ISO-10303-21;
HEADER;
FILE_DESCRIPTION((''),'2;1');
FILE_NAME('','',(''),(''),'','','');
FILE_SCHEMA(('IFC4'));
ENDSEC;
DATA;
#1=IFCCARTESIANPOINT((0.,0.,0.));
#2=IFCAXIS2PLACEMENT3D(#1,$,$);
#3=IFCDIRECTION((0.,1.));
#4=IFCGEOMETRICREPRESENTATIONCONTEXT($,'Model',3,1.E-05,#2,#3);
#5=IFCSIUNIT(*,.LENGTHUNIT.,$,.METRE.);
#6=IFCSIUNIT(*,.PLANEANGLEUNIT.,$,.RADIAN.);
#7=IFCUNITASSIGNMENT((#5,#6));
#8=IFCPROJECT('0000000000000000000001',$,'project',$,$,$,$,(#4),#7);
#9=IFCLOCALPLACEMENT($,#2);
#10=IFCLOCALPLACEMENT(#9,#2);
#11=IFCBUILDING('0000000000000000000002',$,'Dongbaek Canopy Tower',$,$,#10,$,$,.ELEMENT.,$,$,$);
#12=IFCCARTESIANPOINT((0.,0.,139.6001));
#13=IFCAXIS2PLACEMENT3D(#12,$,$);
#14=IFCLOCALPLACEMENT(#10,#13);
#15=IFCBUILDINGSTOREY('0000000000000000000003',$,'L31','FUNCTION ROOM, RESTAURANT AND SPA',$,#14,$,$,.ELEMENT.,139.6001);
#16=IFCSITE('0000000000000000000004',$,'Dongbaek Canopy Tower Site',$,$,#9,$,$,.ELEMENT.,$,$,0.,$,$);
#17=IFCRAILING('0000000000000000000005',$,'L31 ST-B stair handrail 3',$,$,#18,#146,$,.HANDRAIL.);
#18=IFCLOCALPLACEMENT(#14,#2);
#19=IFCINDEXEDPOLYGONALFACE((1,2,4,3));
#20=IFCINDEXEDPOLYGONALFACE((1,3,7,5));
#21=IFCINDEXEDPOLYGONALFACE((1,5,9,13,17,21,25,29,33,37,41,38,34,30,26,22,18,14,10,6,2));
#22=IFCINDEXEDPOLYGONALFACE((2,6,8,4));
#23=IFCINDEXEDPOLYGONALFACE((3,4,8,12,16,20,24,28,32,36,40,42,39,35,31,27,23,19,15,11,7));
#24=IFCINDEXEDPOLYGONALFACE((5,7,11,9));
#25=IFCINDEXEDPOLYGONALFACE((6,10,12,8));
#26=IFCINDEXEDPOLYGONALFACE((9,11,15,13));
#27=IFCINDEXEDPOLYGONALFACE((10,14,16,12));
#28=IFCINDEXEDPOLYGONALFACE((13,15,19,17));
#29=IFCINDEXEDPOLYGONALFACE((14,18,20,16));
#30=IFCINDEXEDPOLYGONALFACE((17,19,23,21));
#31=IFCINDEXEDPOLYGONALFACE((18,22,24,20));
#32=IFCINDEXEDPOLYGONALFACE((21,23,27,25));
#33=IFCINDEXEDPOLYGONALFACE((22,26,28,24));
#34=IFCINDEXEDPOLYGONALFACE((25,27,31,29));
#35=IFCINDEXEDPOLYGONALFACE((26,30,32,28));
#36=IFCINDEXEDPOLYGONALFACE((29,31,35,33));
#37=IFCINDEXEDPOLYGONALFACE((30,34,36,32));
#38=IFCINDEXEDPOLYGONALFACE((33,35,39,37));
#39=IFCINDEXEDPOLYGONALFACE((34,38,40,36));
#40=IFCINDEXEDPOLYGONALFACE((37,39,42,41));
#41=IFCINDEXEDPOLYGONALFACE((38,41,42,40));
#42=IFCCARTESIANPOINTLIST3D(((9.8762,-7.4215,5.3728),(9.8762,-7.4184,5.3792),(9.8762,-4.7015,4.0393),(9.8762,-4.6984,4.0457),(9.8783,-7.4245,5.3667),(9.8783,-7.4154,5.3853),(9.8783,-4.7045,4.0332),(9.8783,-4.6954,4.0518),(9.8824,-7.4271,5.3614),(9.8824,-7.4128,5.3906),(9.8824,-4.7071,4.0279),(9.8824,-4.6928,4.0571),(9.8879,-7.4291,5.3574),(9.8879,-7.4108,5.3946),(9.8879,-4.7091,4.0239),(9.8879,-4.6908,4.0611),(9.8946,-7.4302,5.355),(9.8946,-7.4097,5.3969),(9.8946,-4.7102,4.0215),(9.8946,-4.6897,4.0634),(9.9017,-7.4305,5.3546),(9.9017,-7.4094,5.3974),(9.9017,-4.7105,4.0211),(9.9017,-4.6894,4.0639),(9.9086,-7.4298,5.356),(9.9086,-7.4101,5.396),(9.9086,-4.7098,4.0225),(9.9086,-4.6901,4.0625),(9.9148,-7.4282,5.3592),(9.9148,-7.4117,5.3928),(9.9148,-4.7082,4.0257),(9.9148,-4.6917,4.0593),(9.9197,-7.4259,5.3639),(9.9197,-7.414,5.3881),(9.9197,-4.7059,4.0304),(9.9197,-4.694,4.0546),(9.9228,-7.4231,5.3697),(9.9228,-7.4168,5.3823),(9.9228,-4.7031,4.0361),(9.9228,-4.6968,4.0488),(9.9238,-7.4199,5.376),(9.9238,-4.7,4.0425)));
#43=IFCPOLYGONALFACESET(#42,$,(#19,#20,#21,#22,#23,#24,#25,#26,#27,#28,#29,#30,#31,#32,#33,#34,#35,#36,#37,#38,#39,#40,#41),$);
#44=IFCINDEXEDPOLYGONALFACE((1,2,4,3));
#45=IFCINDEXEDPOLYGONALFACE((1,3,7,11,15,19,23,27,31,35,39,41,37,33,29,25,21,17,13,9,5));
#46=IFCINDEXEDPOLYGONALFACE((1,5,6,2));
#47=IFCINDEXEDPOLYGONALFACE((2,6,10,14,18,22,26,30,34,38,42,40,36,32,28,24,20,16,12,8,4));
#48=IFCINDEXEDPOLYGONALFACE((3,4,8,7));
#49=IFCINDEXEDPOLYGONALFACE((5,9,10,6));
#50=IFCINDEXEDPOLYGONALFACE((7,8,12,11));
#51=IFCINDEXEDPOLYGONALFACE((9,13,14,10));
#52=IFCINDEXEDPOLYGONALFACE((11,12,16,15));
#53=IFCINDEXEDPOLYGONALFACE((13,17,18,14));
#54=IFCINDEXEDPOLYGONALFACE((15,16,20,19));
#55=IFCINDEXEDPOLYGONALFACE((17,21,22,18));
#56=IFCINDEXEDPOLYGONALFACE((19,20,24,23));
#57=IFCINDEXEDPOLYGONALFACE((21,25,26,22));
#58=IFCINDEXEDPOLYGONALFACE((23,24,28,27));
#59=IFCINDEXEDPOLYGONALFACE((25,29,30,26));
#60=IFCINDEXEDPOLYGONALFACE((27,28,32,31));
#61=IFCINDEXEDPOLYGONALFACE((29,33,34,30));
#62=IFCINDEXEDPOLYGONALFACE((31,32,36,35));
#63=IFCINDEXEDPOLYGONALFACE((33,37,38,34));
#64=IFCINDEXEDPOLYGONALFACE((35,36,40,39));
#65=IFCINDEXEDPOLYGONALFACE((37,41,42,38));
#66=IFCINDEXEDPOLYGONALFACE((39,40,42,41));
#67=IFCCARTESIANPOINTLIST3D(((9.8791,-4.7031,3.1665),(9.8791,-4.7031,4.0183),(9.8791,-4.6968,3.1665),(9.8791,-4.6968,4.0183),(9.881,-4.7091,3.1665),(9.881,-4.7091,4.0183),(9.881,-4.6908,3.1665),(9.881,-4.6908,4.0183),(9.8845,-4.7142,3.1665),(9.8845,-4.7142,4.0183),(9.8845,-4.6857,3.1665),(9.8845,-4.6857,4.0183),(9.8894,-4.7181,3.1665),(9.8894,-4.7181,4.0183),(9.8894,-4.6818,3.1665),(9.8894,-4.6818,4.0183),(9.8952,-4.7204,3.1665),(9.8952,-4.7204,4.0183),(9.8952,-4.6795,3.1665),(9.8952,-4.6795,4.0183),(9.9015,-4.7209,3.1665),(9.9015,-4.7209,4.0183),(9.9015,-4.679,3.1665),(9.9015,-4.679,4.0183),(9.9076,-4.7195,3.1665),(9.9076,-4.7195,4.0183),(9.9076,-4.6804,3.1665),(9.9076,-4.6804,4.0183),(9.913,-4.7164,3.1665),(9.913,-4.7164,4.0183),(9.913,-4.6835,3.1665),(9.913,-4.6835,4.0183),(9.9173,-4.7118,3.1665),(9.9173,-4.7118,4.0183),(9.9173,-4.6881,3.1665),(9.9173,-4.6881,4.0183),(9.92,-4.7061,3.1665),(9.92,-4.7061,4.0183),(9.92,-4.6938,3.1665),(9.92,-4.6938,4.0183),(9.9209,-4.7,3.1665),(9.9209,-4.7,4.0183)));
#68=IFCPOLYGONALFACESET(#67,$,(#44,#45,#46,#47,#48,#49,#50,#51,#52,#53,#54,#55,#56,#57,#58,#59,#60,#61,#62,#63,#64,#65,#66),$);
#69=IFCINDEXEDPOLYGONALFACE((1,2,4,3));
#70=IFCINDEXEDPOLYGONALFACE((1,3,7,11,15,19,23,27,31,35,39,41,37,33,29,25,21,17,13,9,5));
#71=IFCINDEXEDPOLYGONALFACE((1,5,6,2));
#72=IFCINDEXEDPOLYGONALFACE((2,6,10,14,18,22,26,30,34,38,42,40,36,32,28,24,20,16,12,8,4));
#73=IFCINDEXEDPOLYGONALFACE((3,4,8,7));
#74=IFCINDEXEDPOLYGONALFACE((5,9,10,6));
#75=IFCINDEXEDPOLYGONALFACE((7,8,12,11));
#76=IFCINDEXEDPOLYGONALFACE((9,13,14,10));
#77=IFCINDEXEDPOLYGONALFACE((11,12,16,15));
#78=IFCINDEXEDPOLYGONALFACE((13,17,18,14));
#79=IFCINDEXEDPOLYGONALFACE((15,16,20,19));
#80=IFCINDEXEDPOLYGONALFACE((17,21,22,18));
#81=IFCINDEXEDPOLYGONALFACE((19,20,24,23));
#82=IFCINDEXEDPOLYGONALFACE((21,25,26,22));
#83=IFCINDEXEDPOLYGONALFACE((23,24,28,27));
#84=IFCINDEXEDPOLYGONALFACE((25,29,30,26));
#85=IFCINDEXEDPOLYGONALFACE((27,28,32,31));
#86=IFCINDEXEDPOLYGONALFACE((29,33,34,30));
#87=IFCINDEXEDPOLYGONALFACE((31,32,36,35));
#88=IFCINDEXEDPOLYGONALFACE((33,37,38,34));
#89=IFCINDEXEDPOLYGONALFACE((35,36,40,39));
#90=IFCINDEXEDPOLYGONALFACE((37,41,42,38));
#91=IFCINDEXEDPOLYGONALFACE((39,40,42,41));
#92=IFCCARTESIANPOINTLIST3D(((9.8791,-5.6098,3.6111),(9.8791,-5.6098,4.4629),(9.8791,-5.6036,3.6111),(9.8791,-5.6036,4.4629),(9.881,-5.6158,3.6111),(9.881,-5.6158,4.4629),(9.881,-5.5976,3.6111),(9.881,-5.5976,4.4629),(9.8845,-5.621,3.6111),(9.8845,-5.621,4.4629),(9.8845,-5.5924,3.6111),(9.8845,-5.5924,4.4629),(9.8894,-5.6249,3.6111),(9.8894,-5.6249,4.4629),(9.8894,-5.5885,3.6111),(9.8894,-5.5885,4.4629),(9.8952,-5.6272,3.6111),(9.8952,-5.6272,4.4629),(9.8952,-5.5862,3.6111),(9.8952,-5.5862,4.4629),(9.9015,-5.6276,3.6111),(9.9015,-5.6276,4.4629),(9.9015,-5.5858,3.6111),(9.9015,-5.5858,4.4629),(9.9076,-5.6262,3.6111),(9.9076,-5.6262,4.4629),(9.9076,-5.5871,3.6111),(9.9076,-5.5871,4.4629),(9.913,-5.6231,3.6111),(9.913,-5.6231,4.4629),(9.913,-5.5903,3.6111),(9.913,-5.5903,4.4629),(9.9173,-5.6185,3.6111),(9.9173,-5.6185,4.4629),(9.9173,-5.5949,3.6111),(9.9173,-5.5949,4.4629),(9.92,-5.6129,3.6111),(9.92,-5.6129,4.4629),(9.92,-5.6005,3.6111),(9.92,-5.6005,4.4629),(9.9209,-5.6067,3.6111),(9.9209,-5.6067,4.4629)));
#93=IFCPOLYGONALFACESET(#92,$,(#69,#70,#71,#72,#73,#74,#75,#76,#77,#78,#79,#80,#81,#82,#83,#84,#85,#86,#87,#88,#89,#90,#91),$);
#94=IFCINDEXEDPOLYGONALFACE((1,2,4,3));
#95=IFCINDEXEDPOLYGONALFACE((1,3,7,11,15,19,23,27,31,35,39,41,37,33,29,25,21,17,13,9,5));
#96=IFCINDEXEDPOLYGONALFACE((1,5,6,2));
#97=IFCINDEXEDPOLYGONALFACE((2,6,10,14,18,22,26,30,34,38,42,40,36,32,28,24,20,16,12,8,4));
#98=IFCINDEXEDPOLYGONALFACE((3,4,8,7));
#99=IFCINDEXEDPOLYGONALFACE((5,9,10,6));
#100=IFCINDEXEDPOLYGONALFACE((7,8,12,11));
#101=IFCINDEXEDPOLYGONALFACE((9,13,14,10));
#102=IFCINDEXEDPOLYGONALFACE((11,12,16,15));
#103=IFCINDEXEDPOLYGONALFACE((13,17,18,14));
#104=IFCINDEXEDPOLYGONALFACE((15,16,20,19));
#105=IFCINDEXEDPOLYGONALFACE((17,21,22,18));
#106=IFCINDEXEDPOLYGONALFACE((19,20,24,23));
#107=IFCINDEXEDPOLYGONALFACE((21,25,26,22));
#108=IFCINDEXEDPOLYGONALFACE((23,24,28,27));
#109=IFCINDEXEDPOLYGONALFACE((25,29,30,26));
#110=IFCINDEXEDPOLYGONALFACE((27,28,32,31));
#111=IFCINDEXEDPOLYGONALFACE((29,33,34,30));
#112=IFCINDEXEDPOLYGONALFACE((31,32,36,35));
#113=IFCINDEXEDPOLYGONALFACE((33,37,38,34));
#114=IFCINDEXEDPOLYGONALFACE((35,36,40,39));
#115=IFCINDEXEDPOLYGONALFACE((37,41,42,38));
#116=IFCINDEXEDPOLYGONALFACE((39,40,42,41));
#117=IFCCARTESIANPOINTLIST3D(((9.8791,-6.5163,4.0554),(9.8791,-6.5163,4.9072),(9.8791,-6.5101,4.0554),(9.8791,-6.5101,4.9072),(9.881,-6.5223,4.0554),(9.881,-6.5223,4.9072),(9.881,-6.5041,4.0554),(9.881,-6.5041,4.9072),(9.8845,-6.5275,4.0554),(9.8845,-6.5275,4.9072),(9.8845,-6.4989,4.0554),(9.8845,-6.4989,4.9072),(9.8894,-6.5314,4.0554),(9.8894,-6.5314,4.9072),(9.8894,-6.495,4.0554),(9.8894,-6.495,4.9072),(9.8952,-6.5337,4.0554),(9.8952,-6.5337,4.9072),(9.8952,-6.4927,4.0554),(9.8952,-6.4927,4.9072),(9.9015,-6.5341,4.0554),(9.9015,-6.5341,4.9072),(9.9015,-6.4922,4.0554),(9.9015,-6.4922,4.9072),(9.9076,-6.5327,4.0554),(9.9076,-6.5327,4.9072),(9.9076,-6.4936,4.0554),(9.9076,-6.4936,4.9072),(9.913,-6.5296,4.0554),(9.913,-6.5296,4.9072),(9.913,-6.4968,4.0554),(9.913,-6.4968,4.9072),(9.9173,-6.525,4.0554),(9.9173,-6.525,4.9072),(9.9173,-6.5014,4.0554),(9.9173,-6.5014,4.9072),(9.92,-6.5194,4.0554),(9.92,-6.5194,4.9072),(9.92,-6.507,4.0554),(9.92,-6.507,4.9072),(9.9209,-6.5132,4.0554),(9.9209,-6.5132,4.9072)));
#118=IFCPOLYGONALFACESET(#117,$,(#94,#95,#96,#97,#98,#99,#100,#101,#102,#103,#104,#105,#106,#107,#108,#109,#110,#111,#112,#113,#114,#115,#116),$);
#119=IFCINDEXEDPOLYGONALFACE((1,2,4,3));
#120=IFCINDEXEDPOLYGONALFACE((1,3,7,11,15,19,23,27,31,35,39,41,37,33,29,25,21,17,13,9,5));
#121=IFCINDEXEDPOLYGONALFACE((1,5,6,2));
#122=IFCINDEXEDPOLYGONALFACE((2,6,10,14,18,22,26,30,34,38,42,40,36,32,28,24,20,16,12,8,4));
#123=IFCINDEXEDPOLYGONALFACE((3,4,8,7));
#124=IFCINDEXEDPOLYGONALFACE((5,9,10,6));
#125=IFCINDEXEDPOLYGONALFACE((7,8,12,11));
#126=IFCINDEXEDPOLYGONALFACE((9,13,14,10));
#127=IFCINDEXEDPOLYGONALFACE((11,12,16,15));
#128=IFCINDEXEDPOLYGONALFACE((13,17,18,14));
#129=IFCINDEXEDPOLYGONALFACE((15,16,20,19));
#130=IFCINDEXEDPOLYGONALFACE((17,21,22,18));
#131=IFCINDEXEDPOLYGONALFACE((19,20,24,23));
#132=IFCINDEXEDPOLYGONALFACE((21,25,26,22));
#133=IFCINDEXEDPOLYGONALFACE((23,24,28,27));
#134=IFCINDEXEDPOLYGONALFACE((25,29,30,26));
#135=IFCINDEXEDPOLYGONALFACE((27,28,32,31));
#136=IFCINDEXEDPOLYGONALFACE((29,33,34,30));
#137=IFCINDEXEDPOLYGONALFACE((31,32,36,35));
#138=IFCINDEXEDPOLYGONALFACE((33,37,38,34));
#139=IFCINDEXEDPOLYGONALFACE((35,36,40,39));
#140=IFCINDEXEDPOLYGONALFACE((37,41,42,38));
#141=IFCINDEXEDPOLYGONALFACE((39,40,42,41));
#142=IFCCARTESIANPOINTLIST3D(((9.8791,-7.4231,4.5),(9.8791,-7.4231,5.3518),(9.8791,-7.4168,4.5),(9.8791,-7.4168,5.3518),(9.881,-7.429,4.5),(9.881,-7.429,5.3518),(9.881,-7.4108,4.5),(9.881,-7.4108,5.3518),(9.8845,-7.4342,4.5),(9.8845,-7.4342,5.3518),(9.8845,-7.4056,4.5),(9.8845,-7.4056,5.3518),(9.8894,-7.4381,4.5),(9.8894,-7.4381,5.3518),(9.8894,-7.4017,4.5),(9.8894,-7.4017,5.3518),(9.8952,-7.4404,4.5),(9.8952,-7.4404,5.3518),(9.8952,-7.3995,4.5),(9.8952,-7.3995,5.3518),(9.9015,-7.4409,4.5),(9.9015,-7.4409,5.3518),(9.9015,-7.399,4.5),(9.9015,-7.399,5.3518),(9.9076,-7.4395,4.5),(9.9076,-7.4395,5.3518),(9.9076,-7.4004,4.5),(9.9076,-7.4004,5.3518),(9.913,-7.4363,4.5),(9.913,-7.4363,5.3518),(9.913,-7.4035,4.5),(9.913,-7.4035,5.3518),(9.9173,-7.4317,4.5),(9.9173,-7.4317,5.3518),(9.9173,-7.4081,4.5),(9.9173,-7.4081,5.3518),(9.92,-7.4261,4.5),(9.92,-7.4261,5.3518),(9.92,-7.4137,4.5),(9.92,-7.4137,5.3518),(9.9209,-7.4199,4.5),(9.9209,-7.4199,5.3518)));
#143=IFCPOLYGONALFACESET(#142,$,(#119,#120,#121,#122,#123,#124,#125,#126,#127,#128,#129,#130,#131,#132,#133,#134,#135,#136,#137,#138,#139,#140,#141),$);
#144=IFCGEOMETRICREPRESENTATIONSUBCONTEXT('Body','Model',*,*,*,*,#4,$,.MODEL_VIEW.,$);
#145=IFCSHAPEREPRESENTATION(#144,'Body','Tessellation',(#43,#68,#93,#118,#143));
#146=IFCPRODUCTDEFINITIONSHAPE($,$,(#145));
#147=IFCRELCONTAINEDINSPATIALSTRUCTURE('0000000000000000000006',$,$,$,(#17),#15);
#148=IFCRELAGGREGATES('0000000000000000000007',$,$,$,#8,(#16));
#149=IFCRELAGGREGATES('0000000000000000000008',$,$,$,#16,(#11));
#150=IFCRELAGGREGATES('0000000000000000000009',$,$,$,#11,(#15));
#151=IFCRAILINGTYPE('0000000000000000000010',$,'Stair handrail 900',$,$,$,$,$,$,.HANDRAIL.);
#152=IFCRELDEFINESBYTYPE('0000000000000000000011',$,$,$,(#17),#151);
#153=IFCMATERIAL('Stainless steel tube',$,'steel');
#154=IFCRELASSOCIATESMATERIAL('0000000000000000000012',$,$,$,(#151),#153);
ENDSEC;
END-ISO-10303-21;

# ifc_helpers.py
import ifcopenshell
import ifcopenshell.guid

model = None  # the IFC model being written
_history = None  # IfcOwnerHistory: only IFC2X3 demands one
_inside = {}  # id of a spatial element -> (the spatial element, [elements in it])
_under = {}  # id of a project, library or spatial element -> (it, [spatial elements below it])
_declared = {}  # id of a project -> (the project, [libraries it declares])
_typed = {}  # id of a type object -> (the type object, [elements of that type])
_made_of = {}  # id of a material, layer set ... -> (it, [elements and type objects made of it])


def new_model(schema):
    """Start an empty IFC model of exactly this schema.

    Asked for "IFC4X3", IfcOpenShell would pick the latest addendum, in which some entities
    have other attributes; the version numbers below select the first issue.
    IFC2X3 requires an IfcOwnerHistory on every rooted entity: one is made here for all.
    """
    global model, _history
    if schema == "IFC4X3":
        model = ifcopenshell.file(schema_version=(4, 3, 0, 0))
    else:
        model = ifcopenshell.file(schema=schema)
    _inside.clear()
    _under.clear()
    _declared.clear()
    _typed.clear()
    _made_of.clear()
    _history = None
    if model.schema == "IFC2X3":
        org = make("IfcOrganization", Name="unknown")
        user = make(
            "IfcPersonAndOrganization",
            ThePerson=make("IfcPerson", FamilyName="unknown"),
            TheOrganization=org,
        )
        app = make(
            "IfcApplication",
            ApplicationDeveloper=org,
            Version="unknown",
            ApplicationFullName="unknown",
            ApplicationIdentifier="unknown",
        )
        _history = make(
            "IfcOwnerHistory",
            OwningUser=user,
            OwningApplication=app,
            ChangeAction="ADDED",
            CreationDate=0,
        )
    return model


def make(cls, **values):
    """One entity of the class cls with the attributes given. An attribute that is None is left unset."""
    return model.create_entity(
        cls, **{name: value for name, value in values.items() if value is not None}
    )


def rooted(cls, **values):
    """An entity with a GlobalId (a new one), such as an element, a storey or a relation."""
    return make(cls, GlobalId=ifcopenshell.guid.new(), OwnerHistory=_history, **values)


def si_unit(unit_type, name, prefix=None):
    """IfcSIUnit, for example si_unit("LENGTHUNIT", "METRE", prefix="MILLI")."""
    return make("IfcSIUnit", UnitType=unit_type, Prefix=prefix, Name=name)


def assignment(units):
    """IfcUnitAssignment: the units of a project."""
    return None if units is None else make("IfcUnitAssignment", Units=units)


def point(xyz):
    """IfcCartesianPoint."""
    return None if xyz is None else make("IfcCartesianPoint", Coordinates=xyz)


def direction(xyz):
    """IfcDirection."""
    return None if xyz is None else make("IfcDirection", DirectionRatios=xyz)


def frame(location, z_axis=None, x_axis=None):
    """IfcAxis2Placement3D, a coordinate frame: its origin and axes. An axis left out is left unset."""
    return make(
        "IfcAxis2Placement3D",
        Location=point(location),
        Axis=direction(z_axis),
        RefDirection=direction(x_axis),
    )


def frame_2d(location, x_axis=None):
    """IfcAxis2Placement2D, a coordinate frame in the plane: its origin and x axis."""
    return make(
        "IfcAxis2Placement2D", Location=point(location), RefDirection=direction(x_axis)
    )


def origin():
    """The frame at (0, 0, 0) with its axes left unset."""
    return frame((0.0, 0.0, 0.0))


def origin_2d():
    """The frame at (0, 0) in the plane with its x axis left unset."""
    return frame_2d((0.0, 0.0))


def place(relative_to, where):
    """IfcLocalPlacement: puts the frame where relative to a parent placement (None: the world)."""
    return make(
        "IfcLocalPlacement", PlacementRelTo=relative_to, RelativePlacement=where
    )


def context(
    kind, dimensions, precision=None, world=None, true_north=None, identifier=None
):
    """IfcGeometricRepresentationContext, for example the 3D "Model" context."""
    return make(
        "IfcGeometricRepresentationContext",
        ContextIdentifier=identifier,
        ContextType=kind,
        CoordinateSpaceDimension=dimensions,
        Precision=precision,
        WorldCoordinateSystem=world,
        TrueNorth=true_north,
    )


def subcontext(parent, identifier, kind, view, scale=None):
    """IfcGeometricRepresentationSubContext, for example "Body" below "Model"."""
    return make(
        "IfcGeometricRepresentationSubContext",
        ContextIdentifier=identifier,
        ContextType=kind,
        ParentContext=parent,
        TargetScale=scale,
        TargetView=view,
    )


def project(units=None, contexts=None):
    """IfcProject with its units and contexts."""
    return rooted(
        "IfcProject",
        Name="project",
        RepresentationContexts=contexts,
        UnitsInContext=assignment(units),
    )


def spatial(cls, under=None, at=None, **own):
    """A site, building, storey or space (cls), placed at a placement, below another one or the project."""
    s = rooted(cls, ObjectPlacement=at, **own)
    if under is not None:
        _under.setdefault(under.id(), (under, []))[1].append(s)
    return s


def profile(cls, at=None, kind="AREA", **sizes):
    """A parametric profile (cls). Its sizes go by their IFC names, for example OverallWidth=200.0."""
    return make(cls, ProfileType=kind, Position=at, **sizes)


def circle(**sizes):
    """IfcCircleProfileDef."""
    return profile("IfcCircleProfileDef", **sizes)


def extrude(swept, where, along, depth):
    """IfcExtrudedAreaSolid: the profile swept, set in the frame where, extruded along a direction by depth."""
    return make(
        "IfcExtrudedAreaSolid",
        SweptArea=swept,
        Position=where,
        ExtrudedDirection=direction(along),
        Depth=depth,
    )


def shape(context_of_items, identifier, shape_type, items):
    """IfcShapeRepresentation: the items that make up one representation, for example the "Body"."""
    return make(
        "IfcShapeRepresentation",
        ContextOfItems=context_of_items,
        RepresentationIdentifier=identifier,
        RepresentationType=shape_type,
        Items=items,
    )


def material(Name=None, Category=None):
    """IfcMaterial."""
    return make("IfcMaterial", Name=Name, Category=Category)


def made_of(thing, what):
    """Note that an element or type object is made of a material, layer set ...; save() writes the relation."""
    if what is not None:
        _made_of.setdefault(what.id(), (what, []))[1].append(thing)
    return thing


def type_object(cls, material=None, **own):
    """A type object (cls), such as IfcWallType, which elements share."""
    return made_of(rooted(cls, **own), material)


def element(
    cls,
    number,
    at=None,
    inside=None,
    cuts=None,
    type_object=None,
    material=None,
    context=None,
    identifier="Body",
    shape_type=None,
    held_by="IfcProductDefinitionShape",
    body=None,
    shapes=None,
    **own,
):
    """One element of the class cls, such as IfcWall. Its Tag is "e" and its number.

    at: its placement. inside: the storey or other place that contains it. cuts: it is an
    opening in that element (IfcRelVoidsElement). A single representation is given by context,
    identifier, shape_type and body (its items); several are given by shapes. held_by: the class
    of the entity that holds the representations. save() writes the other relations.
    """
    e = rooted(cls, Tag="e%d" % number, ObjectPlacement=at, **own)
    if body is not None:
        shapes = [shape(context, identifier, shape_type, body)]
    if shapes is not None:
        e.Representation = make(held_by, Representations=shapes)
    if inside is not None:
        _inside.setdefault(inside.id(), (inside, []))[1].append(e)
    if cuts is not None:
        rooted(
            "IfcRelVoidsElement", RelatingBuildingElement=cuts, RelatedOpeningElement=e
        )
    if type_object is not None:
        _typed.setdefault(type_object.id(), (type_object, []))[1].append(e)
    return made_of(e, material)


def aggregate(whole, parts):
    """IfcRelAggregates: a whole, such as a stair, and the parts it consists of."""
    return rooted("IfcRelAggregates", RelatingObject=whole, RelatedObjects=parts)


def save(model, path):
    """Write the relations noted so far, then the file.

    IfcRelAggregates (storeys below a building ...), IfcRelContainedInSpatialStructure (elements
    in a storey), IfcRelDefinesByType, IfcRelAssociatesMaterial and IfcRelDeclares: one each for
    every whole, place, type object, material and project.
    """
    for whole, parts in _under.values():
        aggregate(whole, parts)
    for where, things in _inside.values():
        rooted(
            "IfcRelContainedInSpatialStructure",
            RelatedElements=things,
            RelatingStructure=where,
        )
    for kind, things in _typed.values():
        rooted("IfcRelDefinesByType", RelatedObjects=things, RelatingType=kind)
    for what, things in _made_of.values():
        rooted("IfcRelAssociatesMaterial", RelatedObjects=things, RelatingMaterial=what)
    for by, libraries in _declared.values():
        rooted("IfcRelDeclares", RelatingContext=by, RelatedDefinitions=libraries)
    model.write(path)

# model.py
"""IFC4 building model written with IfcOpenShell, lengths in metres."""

from ifc_helpers import new_model, si_unit, direction, frame, origin, origin_2d, place, context, subcontext, project, spatial, circle, extrude, material, type_object, element, save


model = new_model("IFC4")

# Units and contexts
model_context = context("Model", 3, precision=1e-05, world=origin(), true_north=direction((0.0, 1.0)))
body_context = subcontext(model_context, "Body", "Model", "MODEL_VIEW")
ifc_project = project(units=[si_unit("LENGTHUNIT", "METRE"), si_unit("PLANEANGLEUNIT", "RADIAN")], contexts=[model_context])

# Site, building, storey
site_placement = place(None, origin())
site = spatial("IfcSite", under=ifc_project, at=site_placement, Name="Dongbaek Canopy Tower Site", CompositionType="ELEMENT", RefElevation=0.0)
building_placement = place(site_placement, origin())
building = spatial("IfcBuilding", under=site, at=building_placement, Name="Dongbaek Canopy Tower", CompositionType="ELEMENT")
storey_placement = place(building_placement, frame((0.0, 0.0, 139.6001)))
storey = spatial("IfcBuildingStorey", under=building, at=storey_placement, Name="L31", Description="FUNCTION ROOM, RESTAURANT AND SPA", CompositionType="ELEMENT", Elevation=139.6001)

# Railing
ifc_material_1 = material(Name="Stainless steel tube", Category="steel")
railing_type_1 = type_object("IfcRailingType", Name="Stair handrail 900", PredefinedType="HANDRAIL", material=ifc_material_1)
for number, where, name in (
    (1, (9.8999, -4.7, 3.1665), "L31 ST-B stair handrail 3"),
):
    element("IfcRailing", number, at=place(storey_placement, frame(where)), inside=storey, type_object=railing_type_1, Name=name, PredefinedType="HANDRAIL", context=body_context, shape_type="SweptSolid", body=[
        extrude(circle(Radius=0.0239, at=origin_2d()), frame((0.0, 0.0, 0.876), z_axis=(0.0, -0.897898, 0.440204), x_axis=(1.0, 0.0, 0.0)), (0.0, 0.0, 1.0), 3.0293),
        extrude(circle(Radius=0.021, at=origin_2d()), origin(), (0.0, 0.0, 1.0), 0.8518),
        extrude(circle(Radius=0.021, at=origin_2d()), frame((0.0, -0.9067, 0.4446)), (0.0, 0.0, 1.0), 0.8518),
        extrude(circle(Radius=0.021, at=origin_2d()), frame((0.0, -1.8132, 0.8889)), (0.0, 0.0, 1.0), 0.8518),
        extrude(circle(Radius=0.021, at=origin_2d()), frame((0.0, -2.72, 1.3335)), (0.0, 0.0, 1.0), 0.8518),
    ])

save(model, "model.ifc")
